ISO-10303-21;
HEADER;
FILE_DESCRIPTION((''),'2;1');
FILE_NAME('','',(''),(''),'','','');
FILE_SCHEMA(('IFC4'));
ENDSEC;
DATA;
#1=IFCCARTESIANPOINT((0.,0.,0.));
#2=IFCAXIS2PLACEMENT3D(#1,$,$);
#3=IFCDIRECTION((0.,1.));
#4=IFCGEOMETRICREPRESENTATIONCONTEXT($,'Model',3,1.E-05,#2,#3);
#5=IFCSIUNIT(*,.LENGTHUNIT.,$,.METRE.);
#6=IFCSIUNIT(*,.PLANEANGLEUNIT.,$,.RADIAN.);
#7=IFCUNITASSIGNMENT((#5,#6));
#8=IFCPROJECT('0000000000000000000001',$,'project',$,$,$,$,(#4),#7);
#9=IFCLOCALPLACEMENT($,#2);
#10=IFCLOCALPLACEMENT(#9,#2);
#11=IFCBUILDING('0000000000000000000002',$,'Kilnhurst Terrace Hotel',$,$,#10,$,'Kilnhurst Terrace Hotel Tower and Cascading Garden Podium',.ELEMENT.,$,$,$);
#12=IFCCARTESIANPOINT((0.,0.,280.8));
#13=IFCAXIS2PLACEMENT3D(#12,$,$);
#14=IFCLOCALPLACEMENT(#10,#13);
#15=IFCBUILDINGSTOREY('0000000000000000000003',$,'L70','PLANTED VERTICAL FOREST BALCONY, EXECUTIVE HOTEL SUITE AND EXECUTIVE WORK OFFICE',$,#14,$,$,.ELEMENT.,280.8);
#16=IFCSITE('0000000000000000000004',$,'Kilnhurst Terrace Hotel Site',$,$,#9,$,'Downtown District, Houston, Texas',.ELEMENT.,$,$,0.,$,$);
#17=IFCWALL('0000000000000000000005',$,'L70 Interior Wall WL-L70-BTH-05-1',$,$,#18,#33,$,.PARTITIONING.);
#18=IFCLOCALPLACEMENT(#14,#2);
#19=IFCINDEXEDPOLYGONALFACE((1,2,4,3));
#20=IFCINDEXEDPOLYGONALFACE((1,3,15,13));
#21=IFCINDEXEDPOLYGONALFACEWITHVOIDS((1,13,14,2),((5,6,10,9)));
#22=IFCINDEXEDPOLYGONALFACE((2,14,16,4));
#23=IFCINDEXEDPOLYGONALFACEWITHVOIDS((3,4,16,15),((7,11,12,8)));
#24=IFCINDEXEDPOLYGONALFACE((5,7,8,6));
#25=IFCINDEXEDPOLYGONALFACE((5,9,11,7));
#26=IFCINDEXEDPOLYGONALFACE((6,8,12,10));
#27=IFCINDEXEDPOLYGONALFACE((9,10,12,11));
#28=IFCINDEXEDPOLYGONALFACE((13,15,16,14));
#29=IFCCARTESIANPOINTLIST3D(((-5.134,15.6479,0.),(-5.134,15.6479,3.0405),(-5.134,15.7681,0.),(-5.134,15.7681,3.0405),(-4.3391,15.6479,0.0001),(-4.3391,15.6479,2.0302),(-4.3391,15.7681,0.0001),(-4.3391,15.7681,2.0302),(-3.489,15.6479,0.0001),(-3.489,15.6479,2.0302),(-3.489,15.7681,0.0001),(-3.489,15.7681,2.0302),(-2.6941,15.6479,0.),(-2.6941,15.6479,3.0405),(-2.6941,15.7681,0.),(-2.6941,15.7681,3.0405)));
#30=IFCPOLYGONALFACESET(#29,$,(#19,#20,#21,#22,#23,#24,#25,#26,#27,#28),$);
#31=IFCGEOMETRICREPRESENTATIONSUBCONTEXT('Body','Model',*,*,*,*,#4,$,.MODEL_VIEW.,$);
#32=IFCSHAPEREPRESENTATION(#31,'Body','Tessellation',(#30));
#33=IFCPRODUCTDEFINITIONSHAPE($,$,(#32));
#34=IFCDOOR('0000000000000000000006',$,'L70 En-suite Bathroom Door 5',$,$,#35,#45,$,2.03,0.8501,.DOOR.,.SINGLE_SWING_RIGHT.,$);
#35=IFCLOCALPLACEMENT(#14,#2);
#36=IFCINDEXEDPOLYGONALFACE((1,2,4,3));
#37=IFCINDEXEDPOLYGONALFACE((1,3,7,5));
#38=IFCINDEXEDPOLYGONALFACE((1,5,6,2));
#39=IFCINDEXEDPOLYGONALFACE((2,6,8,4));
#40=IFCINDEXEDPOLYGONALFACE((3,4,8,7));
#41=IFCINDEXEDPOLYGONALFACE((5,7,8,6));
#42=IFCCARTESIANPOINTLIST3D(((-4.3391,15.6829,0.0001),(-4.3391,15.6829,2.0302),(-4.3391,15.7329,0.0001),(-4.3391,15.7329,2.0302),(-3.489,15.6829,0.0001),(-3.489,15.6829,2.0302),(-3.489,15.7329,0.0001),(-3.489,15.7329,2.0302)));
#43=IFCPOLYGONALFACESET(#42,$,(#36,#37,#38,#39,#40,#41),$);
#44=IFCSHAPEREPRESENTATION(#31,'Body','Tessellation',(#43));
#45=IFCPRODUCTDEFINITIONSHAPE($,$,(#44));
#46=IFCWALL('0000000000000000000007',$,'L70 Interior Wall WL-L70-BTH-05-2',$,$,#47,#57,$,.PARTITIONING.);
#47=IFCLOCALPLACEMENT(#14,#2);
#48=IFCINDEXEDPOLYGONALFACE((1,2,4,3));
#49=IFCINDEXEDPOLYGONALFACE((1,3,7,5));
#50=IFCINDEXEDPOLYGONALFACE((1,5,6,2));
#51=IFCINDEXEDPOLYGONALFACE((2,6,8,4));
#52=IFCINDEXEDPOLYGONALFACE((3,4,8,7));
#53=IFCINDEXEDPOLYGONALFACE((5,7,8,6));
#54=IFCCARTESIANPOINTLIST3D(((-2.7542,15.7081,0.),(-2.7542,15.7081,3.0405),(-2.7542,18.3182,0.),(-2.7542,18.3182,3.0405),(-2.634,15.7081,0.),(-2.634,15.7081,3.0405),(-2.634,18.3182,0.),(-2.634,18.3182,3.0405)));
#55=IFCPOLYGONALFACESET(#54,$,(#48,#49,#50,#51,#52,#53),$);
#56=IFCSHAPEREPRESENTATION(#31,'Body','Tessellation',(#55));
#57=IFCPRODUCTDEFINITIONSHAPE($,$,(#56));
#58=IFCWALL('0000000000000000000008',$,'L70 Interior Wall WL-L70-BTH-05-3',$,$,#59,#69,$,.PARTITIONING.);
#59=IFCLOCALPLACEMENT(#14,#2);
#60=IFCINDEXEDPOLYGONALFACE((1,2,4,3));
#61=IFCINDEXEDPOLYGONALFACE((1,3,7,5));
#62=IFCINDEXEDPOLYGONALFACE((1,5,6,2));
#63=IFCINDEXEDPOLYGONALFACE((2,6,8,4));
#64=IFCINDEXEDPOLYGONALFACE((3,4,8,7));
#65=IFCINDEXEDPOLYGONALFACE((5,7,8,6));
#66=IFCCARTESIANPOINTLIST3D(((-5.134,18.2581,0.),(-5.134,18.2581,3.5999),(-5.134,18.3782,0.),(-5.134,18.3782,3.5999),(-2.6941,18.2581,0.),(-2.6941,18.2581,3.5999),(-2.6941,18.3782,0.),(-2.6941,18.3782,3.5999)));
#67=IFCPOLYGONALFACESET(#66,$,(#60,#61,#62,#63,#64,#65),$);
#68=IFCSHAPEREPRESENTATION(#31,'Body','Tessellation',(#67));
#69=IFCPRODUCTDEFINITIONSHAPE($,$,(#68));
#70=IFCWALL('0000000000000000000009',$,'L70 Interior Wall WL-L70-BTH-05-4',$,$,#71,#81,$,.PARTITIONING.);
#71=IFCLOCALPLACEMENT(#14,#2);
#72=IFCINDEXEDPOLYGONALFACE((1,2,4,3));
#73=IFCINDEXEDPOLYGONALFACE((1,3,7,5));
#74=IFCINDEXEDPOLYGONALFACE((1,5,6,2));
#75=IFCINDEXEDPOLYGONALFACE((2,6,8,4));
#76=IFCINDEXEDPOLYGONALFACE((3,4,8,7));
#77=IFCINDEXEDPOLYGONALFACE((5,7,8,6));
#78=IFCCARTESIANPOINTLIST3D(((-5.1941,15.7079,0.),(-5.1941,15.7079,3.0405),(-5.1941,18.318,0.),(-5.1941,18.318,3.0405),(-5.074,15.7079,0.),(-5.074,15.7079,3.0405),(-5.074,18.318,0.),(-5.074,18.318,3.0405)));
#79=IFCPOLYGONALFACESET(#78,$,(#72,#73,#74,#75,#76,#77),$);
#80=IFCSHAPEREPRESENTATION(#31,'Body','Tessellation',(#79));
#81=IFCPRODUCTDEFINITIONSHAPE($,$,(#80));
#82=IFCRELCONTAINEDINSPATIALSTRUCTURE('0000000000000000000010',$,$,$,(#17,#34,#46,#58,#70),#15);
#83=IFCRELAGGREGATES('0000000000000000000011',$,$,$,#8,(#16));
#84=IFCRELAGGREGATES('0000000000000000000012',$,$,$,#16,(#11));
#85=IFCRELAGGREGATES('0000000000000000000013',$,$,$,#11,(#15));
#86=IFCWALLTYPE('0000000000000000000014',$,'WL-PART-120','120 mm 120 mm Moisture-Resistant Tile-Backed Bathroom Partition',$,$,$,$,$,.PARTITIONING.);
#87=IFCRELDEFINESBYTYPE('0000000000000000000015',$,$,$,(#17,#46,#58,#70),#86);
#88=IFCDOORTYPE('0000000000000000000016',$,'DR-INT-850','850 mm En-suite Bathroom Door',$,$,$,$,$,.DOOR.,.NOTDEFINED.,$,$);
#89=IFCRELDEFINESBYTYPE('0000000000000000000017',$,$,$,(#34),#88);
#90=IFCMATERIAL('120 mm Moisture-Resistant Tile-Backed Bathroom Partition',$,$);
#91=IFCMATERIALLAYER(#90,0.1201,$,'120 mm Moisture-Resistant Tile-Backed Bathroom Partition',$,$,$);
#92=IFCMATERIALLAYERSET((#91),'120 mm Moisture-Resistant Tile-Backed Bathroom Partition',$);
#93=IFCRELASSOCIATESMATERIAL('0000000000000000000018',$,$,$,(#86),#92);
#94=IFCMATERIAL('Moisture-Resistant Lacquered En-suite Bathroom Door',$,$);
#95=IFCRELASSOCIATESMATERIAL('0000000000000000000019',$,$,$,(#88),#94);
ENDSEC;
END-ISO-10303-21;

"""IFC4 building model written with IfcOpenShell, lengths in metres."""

from ifc_helpers import new_model, si_unit, direction, frame, frame_2d, origin, place, context, subcontext, project, spatial, rectangle, extrude, material, layer, layer_set, type_object, element, fill, save


model = new_model("IFC4")

# Units and contexts
model_context = context("Model", 3, precision=1e-05, world=origin(), true_north=direction((0.0, 1.0)))
body_context = subcontext(model_context, "Body", "Model", "MODEL_VIEW")
ifc_project = project(units=[si_unit("LENGTHUNIT", "METRE"), si_unit("PLANEANGLEUNIT", "RADIAN")], contexts=[model_context])

# Site, building, storey
site_placement = place(None, origin())
site = spatial("IfcSite", under=ifc_project, at=site_placement, Name="Kilnhurst Terrace Hotel Site", LongName="Downtown District, Houston, Texas", CompositionType="ELEMENT", RefElevation=0.0)
building_placement = place(site_placement, origin())
building = spatial("IfcBuilding", under=site, at=building_placement, Name="Kilnhurst Terrace Hotel", LongName="Kilnhurst Terrace Hotel Tower and Cascading Garden Podium", CompositionType="ELEMENT")
storey_placement = place(building_placement, frame((0.0, 0.0, 280.8)))
storey = spatial("IfcBuildingStorey", under=building, at=storey_placement, Name="L70", Description="PLANTED VERTICAL FOREST BALCONY, EXECUTIVE HOTEL SUITE AND EXECUTIVE WORK OFFICE", CompositionType="ELEMENT", Elevation=280.8)

# Wall, opening, door
ifc_material_1 = material(Name="120 mm Moisture-Resistant Tile-Backed Bathroom Partition")
ifc_layer_1 = layer(ifc_material_1, 0.1201, Name="120 mm Moisture-Resistant Tile-Backed Bathroom Partition")
ifc_layer_set_1 = layer_set([ifc_layer_1], Name="120 mm Moisture-Resistant Tile-Backed Bathroom Partition")
wall_type_1 = type_object("IfcWallType", Name="WL-PART-120", Description="120 mm 120 mm Moisture-Resistant Tile-Backed Bathroom Partition", PredefinedType="PARTITIONING", material=ifc_layer_set_1)
wall_1_placement = place(storey_placement, frame((-5.134, 15.708, 0.0), z_axis=(0.0, 0.0, 1.0), x_axis=(1.0, 0.0, 0.0)))
wall_1 = element("IfcWall", 1, at=wall_1_placement, inside=storey, type_object=wall_type_1, Name="L70 Interior Wall WL-L70-BTH-05-1", PredefinedType="PARTITIONING", context=body_context, shape_type="SweptSolid", body=[
    extrude(rectangle(XDim=2.4399, YDim=0.1201, at=frame_2d((1.22, 0.0))), origin(), (0.0, 0.0, 1.0), 3.0405),
])
opening_placement = place(wall_1_placement, frame((0.7949, 0.0, 0.0)))
opening = element("IfcOpeningElement", 2, at=opening_placement, cuts=wall_1, PredefinedType="OPENING", context=body_context, shape_type="SweptSolid", body=[
    extrude(rectangle(XDim=0.8501, YDim=2.03, at=frame_2d((0.425, 1.0151))), frame((0.0, 0.0701, 0.0), z_axis=(0.0, -1.0, 0.0), x_axis=(1.0, 0.0, 0.0)), (0.0, 0.0, 1.0), 0.1401),
])
ifc_material_2 = material(Name="Moisture-Resistant Lacquered En-suite Bathroom Door")
door_type = type_object("IfcDoorType", Name="DR-INT-850", Description="850 mm En-suite Bathroom Door", OperationType="NOTDEFINED", PredefinedType="DOOR", material=ifc_material_2)
door_placement = place(opening_placement, origin())
door = element("IfcDoor", 3, at=door_placement, inside=storey, type_object=door_type, Name="L70 En-suite Bathroom Door 5", OperationType="SINGLE_SWING_RIGHT", OverallHeight=2.03, OverallWidth=0.8501, PredefinedType="DOOR", context=body_context, shape_type="SweptSolid", body=[
    extrude(rectangle(XDim=0.8501, YDim=2.03, at=frame_2d((0.425, 1.0151))), frame((0.0, 0.0249, 0.0), z_axis=(0.0, -1.0, 0.0), x_axis=(1.0, 0.0, 0.0)), (0.0, 0.0, 1.0), 0.05),
])
fill(opening, door)

# Walls
wall_2_placement = place(storey_placement, frame((-2.6941, 15.708, 0.0), z_axis=(0.0, 0.0, 1.0), x_axis=(0.0, 1.0, 0.0)))
element("IfcWall", 4, at=wall_2_placement, inside=storey, type_object=wall_type_1, Name="L70 Interior Wall WL-L70-BTH-05-2", PredefinedType="PARTITIONING", context=body_context, shape_type="SweptSolid", body=[
    extrude(rectangle(XDim=2.6101, YDim=0.1201, at=frame_2d((1.3052, 0.0))), origin(), (0.0, 0.0, 1.0), 3.0405),
])
wall_3_placement = place(storey_placement, frame((-2.6941, 18.3181, 0.0), z_axis=(0.0, 0.0, 1.0), x_axis=(-1.0, 0.0, 0.0)))
element("IfcWall", 5, at=wall_3_placement, inside=storey, type_object=wall_type_1, Name="L70 Interior Wall WL-L70-BTH-05-3", PredefinedType="PARTITIONING", context=body_context, shape_type="SweptSolid", body=[
    extrude(rectangle(XDim=2.4399, YDim=0.1201, at=frame_2d((1.22, 0.0))), origin(), (0.0, 0.0, 1.0), 3.5999),
])
wall_4_placement = place(storey_placement, frame((-5.134, 18.3181, 0.0), z_axis=(0.0, 0.0, 1.0), x_axis=(0.0, -1.0, 0.0)))
element("IfcWall", 6, at=wall_4_placement, inside=storey, type_object=wall_type_1, Name="L70 Interior Wall WL-L70-BTH-05-4", PredefinedType="PARTITIONING", context=body_context, shape_type="SweptSolid", body=[
    extrude(rectangle(XDim=2.6101, YDim=0.1201, at=frame_2d((1.3052, 0.0))), origin(), (0.0, 0.0, 1.0), 3.0405),
])

save(model, "model.ifc")
